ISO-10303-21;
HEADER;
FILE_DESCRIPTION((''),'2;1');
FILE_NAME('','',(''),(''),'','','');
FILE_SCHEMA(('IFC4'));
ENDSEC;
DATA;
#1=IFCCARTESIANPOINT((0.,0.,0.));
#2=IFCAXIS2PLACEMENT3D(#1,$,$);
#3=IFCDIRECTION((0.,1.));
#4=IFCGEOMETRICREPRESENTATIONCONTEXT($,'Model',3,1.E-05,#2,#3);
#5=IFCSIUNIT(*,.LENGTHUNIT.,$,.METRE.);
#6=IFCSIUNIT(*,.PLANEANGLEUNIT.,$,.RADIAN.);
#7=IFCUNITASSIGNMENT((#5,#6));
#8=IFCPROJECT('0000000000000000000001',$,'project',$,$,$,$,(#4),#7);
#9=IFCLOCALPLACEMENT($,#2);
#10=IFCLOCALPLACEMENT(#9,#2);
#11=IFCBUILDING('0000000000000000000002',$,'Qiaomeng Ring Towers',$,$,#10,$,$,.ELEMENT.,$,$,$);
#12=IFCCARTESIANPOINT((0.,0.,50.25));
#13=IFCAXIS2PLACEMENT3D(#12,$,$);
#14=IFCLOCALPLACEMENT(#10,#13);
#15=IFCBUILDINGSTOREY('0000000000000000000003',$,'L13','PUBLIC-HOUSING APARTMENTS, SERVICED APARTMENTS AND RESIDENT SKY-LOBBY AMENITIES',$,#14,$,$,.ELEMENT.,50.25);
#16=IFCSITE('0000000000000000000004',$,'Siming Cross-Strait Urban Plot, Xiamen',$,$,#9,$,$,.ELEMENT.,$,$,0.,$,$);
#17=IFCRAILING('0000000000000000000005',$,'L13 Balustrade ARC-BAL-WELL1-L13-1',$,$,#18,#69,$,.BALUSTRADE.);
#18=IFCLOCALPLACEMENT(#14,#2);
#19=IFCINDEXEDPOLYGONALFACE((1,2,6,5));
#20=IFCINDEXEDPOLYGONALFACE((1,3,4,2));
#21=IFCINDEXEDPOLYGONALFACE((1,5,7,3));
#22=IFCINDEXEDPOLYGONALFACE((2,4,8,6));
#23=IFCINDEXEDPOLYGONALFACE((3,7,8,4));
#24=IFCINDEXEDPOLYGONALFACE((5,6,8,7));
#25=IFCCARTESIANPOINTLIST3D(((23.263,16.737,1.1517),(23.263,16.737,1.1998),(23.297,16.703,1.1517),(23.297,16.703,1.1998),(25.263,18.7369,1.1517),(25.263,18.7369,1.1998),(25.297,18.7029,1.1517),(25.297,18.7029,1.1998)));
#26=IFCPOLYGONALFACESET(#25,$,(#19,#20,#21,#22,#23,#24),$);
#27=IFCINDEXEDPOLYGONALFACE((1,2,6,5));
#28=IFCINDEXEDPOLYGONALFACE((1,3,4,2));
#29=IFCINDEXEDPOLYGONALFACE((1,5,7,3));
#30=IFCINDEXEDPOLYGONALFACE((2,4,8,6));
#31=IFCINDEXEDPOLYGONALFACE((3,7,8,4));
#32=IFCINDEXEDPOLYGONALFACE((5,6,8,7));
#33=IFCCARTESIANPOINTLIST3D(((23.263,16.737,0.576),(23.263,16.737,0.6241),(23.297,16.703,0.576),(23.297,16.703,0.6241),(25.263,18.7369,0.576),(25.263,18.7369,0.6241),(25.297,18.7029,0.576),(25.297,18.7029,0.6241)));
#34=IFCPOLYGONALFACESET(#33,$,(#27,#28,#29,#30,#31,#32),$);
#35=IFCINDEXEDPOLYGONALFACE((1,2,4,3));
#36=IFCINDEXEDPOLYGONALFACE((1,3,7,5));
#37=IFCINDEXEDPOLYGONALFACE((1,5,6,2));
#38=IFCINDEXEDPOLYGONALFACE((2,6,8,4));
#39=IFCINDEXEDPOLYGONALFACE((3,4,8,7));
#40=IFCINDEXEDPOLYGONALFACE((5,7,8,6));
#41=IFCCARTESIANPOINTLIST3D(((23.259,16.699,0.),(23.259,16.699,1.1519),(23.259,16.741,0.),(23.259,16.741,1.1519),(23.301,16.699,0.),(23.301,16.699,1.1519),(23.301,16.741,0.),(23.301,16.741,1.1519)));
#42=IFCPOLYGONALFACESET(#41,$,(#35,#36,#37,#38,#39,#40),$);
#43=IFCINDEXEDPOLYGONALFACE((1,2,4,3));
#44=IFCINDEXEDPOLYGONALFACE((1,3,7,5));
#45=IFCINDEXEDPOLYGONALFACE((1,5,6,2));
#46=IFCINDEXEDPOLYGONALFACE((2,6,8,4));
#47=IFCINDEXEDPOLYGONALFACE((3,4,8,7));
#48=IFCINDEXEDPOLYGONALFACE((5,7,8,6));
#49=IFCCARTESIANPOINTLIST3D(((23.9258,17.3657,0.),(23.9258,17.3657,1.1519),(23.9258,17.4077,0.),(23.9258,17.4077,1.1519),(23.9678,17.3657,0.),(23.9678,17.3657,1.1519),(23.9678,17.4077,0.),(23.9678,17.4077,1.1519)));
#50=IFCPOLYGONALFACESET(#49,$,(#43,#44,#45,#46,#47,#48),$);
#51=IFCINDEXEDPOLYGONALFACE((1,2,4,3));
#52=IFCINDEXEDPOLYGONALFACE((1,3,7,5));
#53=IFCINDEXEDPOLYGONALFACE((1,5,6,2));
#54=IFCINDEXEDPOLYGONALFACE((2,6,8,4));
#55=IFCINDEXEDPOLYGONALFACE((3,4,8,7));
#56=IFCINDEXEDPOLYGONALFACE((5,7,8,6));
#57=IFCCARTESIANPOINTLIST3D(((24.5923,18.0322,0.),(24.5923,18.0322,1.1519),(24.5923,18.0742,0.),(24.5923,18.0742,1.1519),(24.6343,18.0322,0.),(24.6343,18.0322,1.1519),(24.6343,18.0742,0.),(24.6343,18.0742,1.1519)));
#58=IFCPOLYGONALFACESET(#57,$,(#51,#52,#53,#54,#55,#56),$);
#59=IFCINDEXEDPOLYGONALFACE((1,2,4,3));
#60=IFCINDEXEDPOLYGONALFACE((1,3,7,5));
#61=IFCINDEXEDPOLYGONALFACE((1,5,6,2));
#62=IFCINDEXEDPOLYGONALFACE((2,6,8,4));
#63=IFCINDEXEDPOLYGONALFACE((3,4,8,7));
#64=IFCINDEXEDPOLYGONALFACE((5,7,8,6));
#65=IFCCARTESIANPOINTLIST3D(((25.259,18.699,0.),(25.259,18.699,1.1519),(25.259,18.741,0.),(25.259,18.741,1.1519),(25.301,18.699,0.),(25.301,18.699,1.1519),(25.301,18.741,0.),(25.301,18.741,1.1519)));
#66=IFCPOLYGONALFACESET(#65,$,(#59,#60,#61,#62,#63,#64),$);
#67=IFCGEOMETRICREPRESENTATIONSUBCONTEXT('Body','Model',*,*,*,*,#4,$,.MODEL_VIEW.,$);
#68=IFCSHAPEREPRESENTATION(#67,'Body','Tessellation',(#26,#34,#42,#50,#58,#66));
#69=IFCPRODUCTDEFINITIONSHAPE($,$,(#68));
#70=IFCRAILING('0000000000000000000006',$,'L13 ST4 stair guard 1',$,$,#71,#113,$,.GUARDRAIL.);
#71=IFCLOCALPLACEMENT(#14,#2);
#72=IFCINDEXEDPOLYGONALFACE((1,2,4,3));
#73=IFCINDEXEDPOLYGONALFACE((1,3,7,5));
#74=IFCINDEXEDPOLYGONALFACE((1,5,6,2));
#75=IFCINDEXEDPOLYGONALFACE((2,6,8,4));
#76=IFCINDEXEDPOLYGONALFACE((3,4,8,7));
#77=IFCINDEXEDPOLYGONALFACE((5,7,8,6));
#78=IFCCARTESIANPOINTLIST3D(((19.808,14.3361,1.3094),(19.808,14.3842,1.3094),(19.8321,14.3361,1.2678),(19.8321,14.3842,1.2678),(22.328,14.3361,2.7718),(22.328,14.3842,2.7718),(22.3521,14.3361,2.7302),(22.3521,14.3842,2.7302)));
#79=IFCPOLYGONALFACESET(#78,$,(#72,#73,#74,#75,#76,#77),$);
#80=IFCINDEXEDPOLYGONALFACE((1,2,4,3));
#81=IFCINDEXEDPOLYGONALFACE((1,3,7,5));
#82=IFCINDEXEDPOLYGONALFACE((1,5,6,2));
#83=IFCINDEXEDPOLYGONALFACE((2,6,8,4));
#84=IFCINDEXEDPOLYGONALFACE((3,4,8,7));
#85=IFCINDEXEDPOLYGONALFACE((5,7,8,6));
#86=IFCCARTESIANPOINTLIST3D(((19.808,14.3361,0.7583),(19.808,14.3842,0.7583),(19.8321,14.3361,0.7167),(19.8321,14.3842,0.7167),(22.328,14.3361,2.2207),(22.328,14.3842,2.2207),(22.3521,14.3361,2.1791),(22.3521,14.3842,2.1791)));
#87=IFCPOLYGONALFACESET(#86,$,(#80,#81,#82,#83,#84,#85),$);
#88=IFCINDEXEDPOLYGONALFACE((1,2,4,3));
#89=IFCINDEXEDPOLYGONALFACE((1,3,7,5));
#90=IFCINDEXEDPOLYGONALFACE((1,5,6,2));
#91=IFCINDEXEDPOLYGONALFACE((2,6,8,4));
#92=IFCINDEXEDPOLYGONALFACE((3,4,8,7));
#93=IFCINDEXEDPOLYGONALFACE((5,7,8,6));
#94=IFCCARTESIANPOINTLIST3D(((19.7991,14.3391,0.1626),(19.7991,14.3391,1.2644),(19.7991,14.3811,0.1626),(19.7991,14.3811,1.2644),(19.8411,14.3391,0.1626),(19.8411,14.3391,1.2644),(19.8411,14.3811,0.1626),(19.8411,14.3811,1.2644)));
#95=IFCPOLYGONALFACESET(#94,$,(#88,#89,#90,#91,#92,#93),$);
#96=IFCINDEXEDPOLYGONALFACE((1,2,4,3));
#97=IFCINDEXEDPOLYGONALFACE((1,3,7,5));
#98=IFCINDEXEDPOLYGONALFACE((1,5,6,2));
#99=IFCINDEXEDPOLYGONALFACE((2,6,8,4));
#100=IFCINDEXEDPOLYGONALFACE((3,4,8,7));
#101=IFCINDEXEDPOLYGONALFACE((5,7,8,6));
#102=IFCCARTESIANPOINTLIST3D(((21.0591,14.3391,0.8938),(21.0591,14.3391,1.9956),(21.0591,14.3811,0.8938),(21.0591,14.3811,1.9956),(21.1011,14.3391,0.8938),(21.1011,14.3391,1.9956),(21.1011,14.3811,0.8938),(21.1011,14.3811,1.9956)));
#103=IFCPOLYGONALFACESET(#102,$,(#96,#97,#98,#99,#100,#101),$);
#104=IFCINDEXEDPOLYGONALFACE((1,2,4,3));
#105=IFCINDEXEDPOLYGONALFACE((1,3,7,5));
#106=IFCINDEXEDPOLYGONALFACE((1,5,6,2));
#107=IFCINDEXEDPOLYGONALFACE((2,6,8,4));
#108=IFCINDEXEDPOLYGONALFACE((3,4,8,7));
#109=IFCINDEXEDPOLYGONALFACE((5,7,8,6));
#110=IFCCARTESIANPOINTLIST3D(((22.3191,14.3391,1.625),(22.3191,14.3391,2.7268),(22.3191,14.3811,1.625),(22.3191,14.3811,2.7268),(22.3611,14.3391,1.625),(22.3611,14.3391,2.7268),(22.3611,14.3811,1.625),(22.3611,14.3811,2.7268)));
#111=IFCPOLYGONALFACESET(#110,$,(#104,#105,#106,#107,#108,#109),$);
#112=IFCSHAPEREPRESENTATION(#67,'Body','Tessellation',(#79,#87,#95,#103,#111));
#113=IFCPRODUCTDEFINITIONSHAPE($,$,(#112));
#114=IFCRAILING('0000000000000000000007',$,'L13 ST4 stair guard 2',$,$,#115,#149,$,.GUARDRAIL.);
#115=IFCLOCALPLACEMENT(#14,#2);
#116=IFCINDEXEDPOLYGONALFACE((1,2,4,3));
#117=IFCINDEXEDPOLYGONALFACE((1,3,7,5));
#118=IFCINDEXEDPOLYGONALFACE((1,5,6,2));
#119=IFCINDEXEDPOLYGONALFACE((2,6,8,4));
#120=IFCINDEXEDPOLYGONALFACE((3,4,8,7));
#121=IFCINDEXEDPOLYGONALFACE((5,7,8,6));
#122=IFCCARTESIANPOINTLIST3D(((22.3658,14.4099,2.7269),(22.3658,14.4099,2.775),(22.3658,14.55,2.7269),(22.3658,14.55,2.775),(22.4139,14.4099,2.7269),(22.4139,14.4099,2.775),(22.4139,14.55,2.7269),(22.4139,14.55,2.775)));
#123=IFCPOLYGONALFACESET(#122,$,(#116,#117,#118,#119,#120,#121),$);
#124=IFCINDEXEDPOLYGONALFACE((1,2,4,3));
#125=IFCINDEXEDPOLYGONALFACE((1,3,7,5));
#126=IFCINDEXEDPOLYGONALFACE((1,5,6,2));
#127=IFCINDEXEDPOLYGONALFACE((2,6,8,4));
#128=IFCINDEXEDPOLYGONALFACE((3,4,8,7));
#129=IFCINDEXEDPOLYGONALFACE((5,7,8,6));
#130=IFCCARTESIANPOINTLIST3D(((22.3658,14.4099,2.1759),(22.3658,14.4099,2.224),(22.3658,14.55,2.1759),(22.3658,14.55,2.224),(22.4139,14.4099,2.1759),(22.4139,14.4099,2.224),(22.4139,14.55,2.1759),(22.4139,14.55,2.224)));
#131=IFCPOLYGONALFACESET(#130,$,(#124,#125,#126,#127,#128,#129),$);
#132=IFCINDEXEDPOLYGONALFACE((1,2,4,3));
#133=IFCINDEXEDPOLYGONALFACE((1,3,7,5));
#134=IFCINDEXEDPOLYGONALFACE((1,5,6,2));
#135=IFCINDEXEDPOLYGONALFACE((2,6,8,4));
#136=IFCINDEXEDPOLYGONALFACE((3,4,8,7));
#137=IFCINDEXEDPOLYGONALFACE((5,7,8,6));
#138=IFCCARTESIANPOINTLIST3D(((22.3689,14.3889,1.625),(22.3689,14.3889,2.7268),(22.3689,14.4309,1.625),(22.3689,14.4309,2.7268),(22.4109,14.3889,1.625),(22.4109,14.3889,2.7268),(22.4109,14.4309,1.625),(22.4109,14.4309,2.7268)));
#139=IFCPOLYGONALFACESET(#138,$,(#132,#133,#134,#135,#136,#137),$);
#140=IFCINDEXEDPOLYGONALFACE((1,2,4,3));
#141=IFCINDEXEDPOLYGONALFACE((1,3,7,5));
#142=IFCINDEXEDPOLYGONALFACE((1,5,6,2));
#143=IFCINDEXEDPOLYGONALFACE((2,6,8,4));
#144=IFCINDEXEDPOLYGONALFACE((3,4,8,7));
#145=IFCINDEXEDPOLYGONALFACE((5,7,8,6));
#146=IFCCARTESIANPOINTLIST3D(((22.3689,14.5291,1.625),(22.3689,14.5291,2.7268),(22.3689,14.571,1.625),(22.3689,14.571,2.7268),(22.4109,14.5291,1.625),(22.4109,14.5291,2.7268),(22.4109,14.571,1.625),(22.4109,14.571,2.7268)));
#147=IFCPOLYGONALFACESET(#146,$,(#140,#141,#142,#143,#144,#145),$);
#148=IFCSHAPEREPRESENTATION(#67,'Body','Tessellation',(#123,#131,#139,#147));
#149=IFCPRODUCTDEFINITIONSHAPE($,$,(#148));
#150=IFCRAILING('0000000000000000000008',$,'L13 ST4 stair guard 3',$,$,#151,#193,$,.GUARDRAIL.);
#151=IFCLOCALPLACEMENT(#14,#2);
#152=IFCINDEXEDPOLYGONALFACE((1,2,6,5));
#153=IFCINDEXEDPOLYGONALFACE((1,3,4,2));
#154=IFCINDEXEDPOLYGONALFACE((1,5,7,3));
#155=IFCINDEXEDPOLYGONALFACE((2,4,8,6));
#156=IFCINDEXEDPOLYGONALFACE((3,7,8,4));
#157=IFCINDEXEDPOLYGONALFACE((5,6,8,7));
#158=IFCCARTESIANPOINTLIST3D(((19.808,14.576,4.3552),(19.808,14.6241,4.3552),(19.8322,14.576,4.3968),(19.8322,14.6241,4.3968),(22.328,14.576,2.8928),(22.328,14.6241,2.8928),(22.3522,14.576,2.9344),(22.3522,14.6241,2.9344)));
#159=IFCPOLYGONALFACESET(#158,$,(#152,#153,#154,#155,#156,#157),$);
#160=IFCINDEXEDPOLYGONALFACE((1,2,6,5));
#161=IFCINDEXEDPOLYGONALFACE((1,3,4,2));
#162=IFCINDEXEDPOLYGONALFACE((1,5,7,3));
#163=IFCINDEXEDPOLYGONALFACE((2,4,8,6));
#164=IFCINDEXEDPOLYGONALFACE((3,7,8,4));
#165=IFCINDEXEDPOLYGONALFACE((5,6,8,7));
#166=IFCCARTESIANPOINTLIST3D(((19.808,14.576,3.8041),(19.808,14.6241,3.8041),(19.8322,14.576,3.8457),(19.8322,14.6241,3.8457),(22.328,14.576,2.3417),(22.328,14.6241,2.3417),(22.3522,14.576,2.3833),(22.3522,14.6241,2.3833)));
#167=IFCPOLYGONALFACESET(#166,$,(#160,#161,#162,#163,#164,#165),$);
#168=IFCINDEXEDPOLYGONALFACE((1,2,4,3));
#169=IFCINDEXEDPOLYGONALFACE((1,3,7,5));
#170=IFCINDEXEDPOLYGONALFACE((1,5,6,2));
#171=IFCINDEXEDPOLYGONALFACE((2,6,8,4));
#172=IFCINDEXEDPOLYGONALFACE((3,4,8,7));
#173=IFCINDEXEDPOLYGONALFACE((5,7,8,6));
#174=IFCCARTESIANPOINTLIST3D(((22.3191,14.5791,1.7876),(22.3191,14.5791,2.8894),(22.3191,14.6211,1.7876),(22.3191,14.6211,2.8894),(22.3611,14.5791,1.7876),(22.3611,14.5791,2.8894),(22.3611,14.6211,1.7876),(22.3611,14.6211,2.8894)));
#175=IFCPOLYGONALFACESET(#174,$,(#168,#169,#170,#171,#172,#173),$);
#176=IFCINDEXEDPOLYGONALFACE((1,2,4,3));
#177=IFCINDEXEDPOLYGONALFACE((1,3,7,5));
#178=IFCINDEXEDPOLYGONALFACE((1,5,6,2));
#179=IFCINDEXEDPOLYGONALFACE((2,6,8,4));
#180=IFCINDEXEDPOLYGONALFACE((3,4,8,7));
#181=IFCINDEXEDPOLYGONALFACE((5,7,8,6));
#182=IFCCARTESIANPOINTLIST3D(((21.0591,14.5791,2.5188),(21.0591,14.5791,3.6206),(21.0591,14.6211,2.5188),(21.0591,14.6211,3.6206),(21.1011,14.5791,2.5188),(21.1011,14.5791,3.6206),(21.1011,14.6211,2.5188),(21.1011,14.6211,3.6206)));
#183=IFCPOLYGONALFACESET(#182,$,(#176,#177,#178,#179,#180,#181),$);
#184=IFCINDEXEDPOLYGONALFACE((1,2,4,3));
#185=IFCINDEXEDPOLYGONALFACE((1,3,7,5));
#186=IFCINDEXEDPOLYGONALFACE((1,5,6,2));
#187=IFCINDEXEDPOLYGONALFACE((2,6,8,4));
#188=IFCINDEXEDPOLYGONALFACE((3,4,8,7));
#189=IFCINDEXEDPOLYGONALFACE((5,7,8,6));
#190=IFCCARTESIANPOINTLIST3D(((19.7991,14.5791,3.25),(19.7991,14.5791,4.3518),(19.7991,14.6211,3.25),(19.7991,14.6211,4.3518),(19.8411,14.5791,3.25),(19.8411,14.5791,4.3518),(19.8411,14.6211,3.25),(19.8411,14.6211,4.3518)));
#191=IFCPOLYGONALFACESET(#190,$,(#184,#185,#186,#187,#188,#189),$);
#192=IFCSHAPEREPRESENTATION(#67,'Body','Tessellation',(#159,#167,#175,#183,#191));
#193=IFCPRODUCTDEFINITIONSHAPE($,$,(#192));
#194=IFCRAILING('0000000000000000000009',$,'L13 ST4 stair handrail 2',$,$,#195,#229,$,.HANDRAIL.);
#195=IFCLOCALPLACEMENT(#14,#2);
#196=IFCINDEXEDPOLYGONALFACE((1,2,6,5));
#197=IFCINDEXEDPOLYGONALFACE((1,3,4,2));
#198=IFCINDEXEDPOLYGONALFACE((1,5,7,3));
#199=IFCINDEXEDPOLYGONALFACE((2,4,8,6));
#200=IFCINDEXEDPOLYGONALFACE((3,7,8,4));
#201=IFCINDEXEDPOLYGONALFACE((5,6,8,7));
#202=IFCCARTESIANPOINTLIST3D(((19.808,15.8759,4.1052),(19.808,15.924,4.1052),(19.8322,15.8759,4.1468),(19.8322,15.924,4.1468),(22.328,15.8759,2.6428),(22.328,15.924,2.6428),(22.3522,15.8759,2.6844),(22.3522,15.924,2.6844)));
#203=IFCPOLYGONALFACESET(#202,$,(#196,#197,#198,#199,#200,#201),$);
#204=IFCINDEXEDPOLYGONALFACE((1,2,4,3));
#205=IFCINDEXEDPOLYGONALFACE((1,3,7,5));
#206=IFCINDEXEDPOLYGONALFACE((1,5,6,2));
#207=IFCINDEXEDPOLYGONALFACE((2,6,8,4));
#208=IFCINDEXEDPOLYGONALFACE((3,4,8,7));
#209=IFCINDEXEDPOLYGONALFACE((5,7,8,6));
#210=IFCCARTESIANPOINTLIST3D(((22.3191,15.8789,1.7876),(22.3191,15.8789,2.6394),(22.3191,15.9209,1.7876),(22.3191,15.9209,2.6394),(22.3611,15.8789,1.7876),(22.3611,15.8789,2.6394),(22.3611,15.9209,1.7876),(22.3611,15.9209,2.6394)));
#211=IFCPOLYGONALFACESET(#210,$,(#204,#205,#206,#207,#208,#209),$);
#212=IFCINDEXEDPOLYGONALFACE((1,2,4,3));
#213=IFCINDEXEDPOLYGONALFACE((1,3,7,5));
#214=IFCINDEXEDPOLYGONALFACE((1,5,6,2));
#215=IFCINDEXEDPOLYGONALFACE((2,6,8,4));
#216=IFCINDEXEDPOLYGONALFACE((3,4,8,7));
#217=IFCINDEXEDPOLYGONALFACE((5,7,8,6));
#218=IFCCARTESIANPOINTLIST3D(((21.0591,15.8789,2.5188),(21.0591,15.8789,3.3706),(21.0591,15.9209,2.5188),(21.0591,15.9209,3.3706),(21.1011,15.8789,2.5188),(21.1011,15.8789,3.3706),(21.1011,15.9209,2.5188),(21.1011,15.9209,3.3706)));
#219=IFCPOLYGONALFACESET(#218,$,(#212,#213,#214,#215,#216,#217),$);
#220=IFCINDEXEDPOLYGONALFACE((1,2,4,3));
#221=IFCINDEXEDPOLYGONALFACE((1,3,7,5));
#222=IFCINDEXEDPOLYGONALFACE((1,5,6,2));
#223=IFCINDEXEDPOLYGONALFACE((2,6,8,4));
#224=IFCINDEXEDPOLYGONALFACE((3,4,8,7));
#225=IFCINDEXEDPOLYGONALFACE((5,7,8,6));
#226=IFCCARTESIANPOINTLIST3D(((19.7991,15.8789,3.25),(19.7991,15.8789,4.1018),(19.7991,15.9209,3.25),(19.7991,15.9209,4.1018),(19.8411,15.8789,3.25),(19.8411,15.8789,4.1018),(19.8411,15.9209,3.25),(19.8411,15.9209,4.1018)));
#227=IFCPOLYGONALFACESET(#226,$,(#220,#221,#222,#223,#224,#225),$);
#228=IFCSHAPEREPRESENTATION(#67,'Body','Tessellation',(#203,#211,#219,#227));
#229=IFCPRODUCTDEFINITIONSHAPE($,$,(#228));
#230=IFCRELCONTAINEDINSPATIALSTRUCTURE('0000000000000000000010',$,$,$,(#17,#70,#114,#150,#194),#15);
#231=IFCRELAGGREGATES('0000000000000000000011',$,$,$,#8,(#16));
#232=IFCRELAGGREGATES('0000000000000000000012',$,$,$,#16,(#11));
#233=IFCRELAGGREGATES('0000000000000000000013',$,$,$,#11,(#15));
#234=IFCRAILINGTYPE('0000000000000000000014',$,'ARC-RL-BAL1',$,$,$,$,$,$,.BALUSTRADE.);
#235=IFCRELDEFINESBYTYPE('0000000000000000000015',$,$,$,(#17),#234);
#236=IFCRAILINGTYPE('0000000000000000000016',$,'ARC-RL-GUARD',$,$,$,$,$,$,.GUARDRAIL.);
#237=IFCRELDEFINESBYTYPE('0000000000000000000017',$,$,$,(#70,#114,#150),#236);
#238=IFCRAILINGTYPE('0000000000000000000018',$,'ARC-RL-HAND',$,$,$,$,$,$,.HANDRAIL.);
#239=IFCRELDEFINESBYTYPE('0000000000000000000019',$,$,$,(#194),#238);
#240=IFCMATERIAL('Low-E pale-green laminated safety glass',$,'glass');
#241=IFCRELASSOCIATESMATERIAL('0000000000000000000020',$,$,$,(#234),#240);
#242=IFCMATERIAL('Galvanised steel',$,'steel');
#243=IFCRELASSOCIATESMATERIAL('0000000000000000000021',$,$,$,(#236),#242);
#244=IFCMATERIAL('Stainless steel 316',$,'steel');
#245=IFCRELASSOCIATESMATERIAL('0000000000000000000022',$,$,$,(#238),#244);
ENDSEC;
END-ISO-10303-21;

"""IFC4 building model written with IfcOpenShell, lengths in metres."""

from ifc_helpers import new_model, si_unit, direction, frame, origin, origin_2d, place, context, subcontext, project, spatial, rectangle, extrude, material, type_object, element, save


model = new_model("IFC4")

# Units and contexts
model_context = context("Model", 3, precision=1e-05, world=origin(), true_north=direction((0.0, 1.0)))
body_context = subcontext(model_context, "Body", "Model", "MODEL_VIEW")
ifc_project = project(units=[si_unit("LENGTHUNIT", "METRE"), si_unit("PLANEANGLEUNIT", "RADIAN")], contexts=[model_context])

# Site, building, storey
site_placement = place(None, origin())
site = spatial("IfcSite", under=ifc_project, at=site_placement, Name="Siming Cross-Strait Urban Plot, Xiamen", CompositionType="ELEMENT", RefElevation=0.0)
building_placement = place(site_placement, origin())
building = spatial("IfcBuilding", under=site, at=building_placement, Name="Qiaomeng Ring Towers", CompositionType="ELEMENT")
storey_placement = place(building_placement, frame((0.0, 0.0, 50.25)))
storey = spatial("IfcBuildingStorey", under=building, at=storey_placement, Name="L13", Description="PUBLIC-HOUSING APARTMENTS, SERVICED APARTMENTS AND RESIDENT SKY-LOBBY AMENITIES", CompositionType="ELEMENT", Elevation=50.25)

# Shared definitions
ifc_material_1 = material(Name="Galvanised steel", Category="steel")

# Shared definitions
ifc_material_2 = material(Name="Stainless steel 316", Category="steel")

# Railings
ifc_material_3 = material(Name="Low-E pale-green laminated safety glass", Category="glass")
railing_type_1 = type_object("IfcRailingType", Name="ARC-RL-BAL1", PredefinedType="BALUSTRADE", material=ifc_material_3)
railing_1_placement = place(storey_placement, frame((23.28, 16.72, 0.0)))
element("IfcRailing", 1, at=railing_1_placement, inside=storey, type_object=railing_type_1, Name="L13 Balustrade ARC-BAL-WELL1-L13-1", PredefinedType="BALUSTRADE", context=body_context, shape_type="SweptSolid", body=[
    extrude(rectangle(XDim=0.0481, YDim=0.0481, at=origin_2d()), frame((0.0, 0.0, 1.1758), z_axis=(0.707107, 0.707107, 0.0), x_axis=(-0.707107, 0.707107, 0.0)), (0.0, 0.0, 1.0), 2.8284),
    extrude(rectangle(XDim=0.0481, YDim=0.0481, at=origin_2d()), frame((0.0, 0.0, 0.6001), z_axis=(0.707107, 0.707107, 0.0), x_axis=(-0.707107, 0.707107, 0.0)), (0.0, 0.0, 1.0), 2.8284),
    extrude(rectangle(XDim=0.042, YDim=0.042, at=origin_2d()), origin(), (0.0, 0.0, 1.0), 1.1519),
    extrude(rectangle(XDim=0.042, YDim=0.042, at=origin_2d()), frame((0.6667, 0.6667, 0.0)), (0.0, 0.0, 1.0), 1.1519),
    extrude(rectangle(XDim=0.042, YDim=0.042, at=origin_2d()), frame((1.3333, 1.3333, 0.0)), (0.0, 0.0, 1.0), 1.1519),
    extrude(rectangle(XDim=0.042, YDim=0.042, at=origin_2d()), frame((2.0, 2.0, 0.0)), (0.0, 0.0, 1.0), 1.1519),
])
railing_type_2 = type_object("IfcRailingType", Name="ARC-RL-GUARD", PredefinedType="GUARDRAIL", material=ifc_material_1)
railing_2_placement = place(storey_placement, frame((19.8201, 14.3601, 0.1626)))
element("IfcRailing", 2, at=railing_2_placement, inside=storey, type_object=railing_type_2, Name="L13 ST4 stair guard 1", PredefinedType="GUARDRAIL", context=body_context, shape_type="SweptSolid", body=[
    extrude(rectangle(XDim=0.0481, YDim=0.0481, at=origin_2d()), frame((0.0, 0.0, 1.126), z_axis=(0.864913, 0.0, 0.501921), x_axis=(0.0, 1.0, 0.0)), (0.0, 0.0, 1.0), 2.9136),
    extrude(rectangle(XDim=0.0481, YDim=0.0481, at=origin_2d()), frame((0.0, 0.0, 0.575), z_axis=(0.864913, 0.0, 0.501921), x_axis=(0.0, 1.0, 0.0)), (0.0, 0.0, 1.0), 2.9136),
    extrude(rectangle(XDim=0.042, YDim=0.042, at=origin_2d()), origin(), (0.0, 0.0, 1.0), 1.1018),
    extrude(rectangle(XDim=0.042, YDim=0.042, at=origin_2d()), frame((1.26, 0.0, 0.7312)), (0.0, 0.0, 1.0), 1.1018),
    extrude(rectangle(XDim=0.042, YDim=0.042, at=origin_2d()), frame((2.52, 0.0, 1.4624)), (0.0, 0.0, 1.0), 1.1018),
])
railing_3_placement = place(storey_placement, frame((22.3899, 14.4099, 1.625)))
element("IfcRailing", 3, at=railing_3_placement, inside=storey, type_object=railing_type_2, Name="L13 ST4 stair guard 2", PredefinedType="GUARDRAIL", context=body_context, shape_type="SweptSolid", body=[
    extrude(rectangle(XDim=0.0481, YDim=0.0481, at=origin_2d()), frame((0.0, 0.0, 1.126), z_axis=(0.0, 1.0, 0.0), x_axis=(-1.0, 0.0, 0.0)), (0.0, 0.0, 1.0), 0.1401),
    extrude(rectangle(XDim=0.0481, YDim=0.0481, at=origin_2d()), frame((0.0, 0.0, 0.575), z_axis=(0.0, 1.0, 0.0), x_axis=(-1.0, 0.0, 0.0)), (0.0, 0.0, 1.0), 0.1401),
    extrude(rectangle(XDim=0.042, YDim=0.042, at=origin_2d()), origin(), (0.0, 0.0, 1.0), 1.1018),
    extrude(rectangle(XDim=0.042, YDim=0.042, at=origin_2d()), frame((0.0, 0.1401, 0.0)), (0.0, 0.0, 1.0), 1.1018),
])
railing_4_placement = place(storey_placement, frame((22.3401, 14.6001, 1.7876)))
element("IfcRailing", 4, at=railing_4_placement, inside=storey, type_object=railing_type_2, Name="L13 ST4 stair guard 3", PredefinedType="GUARDRAIL", context=body_context, shape_type="SweptSolid", body=[
    extrude(rectangle(XDim=0.0481, YDim=0.0481, at=origin_2d()), frame((0.0, 0.0, 1.126), z_axis=(-0.864913, 0.0, 0.501921), x_axis=(0.0, -1.0, 0.0)), (0.0, 0.0, 1.0), 2.9136),
    extrude(rectangle(XDim=0.0481, YDim=0.0481, at=origin_2d()), frame((0.0, 0.0, 0.575), z_axis=(-0.864913, 0.0, 0.501921), x_axis=(0.0, -1.0, 0.0)), (0.0, 0.0, 1.0), 2.9136),
    extrude(rectangle(XDim=0.042, YDim=0.042, at=origin_2d()), origin(), (0.0, 0.0, 1.0), 1.1018),
    extrude(rectangle(XDim=0.042, YDim=0.042, at=origin_2d()), frame((-1.26, 0.0, 0.7312)), (0.0, 0.0, 1.0), 1.1018),
    extrude(rectangle(XDim=0.042, YDim=0.042, at=origin_2d()), frame((-2.52, 0.0, 1.4624)), (0.0, 0.0, 1.0), 1.1018),
])
railing_type_3 = type_object("IfcRailingType", Name="ARC-RL-HAND", PredefinedType="HANDRAIL", material=ifc_material_2)
railing_5_placement = place(storey_placement, frame((22.3401, 15.8999, 1.7876)))
element("IfcRailing", 5, at=railing_5_placement, inside=storey, type_object=railing_type_3, Name="L13 ST4 stair handrail 2", PredefinedType="HANDRAIL", context=body_context, shape_type="SweptSolid", body=[
    extrude(rectangle(XDim=0.0481, YDim=0.0481, at=origin_2d()), frame((0.0, 0.0, 0.876), z_axis=(-0.864913, 0.0, 0.501921), x_axis=(0.0, -1.0, 0.0)), (0.0, 0.0, 1.0), 2.9136),
    extrude(rectangle(XDim=0.042, YDim=0.042, at=origin_2d()), origin(), (0.0, 0.0, 1.0), 0.8518),
    extrude(rectangle(XDim=0.042, YDim=0.042, at=origin_2d()), frame((-1.26, 0.0, 0.7312)), (0.0, 0.0, 1.0), 0.8518),
    extrude(rectangle(XDim=0.042, YDim=0.042, at=origin_2d()), frame((-2.52, 0.0, 1.4624)), (0.0, 0.0, 1.0), 0.8518),
])

save(model, "model.ifc")
